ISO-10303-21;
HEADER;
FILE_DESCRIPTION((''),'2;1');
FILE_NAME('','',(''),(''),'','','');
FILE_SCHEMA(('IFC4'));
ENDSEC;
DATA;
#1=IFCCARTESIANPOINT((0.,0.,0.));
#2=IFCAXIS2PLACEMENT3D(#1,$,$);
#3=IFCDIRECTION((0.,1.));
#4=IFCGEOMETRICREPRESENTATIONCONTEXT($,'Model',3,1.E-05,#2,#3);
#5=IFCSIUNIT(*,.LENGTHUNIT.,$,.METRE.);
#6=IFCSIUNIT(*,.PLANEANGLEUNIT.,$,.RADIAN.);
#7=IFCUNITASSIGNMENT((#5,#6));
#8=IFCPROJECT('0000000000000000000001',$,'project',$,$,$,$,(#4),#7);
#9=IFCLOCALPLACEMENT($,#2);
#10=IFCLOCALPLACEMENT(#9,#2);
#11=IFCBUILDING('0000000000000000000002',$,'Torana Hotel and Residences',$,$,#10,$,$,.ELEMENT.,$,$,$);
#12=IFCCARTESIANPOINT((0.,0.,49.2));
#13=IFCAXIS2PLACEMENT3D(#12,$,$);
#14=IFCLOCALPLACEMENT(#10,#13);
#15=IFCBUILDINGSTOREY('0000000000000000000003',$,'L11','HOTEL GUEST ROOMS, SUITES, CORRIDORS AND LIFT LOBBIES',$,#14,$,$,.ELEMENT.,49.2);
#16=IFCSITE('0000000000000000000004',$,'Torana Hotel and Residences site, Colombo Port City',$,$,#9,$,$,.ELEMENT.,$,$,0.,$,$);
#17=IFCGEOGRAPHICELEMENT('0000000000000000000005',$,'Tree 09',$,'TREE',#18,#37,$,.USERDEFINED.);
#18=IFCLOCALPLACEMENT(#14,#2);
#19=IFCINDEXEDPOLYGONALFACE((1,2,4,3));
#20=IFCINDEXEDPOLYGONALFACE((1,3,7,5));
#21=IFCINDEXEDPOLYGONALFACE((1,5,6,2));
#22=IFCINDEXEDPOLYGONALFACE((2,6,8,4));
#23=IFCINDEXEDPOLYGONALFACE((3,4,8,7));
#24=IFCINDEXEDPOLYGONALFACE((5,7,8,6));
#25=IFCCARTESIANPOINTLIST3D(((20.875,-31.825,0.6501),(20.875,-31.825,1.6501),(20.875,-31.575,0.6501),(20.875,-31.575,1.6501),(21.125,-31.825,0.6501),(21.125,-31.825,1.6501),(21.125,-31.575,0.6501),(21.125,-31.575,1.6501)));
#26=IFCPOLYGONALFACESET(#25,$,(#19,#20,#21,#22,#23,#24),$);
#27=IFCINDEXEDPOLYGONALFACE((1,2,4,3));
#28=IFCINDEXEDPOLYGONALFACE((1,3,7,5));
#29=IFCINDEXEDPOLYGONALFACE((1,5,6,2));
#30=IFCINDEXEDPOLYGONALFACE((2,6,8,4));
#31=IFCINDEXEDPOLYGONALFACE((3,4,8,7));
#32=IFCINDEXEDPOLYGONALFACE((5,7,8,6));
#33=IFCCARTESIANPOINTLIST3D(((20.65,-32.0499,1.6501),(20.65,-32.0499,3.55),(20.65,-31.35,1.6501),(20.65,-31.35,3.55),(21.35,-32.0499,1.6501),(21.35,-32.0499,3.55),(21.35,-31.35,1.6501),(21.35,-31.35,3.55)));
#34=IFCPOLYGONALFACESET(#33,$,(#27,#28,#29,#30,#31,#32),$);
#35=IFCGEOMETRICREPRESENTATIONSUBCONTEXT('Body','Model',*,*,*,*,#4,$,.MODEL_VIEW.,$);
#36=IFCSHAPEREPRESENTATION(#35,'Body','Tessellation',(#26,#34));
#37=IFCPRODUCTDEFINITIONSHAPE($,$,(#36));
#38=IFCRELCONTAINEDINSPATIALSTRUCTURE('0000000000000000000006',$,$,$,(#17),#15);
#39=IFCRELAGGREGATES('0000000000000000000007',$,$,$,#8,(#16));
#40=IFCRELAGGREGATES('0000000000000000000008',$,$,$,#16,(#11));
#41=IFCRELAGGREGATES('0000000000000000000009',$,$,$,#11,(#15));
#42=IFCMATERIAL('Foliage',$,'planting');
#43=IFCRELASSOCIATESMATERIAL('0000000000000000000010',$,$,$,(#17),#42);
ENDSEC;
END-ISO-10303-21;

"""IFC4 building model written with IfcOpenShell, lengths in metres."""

from ifc_helpers import new_model, si_unit, direction, frame, origin, origin_2d, place, context, subcontext, project, spatial, rectangle, extrude, material, element, save


model = new_model("IFC4")

# Units and contexts
model_context = context("Model", 3, precision=1e-05, world=origin(), true_north=direction((0.0, 1.0)))
body_context = subcontext(model_context, "Body", "Model", "MODEL_VIEW")
ifc_project = project(units=[si_unit("LENGTHUNIT", "METRE"), si_unit("PLANEANGLEUNIT", "RADIAN")], contexts=[model_context])

# Site, building, storey
site_placement = place(None, origin())
site = spatial("IfcSite", under=ifc_project, at=site_placement, Name="Torana Hotel and Residences site, Colombo Port City", CompositionType="ELEMENT", RefElevation=0.0)
building_placement = place(site_placement, origin())
building = spatial("IfcBuilding", under=site, at=building_placement, Name="Torana Hotel and Residences", CompositionType="ELEMENT")
storey_placement = place(building_placement, frame((0.0, 0.0, 49.2)))
storey = spatial("IfcBuildingStorey", under=building, at=storey_placement, Name="L11", Description="HOTEL GUEST ROOMS, SUITES, CORRIDORS AND LIFT LOBBIES", CompositionType="ELEMENT", Elevation=49.2)

# Geographic element
ifc_material_1 = material(Name="Foliage", Category="planting")
geographic_element_placement = place(storey_placement, frame((21.0, -31.7, 0.6501), z_axis=(0.0, 0.0, 1.0), x_axis=(1.0, 0.0, 0.0)))
element("IfcGeographicElement", 1, at=geographic_element_placement, inside=storey, material=ifc_material_1, Name="Tree 09", ObjectType="TREE", PredefinedType="USERDEFINED", context=body_context, shape_type="SweptSolid", body=[
    extrude(rectangle(XDim=0.25, YDim=0.25, at=origin_2d()), origin(), (0.0, 0.0, 1.0), 1.0),
    extrude(rectangle(XDim=0.7, YDim=0.7, at=origin_2d()), frame((0.0, 0.0, 1.0)), (0.0, 0.0, 1.0), 1.8999),
])

save(model, "model.ifc")
